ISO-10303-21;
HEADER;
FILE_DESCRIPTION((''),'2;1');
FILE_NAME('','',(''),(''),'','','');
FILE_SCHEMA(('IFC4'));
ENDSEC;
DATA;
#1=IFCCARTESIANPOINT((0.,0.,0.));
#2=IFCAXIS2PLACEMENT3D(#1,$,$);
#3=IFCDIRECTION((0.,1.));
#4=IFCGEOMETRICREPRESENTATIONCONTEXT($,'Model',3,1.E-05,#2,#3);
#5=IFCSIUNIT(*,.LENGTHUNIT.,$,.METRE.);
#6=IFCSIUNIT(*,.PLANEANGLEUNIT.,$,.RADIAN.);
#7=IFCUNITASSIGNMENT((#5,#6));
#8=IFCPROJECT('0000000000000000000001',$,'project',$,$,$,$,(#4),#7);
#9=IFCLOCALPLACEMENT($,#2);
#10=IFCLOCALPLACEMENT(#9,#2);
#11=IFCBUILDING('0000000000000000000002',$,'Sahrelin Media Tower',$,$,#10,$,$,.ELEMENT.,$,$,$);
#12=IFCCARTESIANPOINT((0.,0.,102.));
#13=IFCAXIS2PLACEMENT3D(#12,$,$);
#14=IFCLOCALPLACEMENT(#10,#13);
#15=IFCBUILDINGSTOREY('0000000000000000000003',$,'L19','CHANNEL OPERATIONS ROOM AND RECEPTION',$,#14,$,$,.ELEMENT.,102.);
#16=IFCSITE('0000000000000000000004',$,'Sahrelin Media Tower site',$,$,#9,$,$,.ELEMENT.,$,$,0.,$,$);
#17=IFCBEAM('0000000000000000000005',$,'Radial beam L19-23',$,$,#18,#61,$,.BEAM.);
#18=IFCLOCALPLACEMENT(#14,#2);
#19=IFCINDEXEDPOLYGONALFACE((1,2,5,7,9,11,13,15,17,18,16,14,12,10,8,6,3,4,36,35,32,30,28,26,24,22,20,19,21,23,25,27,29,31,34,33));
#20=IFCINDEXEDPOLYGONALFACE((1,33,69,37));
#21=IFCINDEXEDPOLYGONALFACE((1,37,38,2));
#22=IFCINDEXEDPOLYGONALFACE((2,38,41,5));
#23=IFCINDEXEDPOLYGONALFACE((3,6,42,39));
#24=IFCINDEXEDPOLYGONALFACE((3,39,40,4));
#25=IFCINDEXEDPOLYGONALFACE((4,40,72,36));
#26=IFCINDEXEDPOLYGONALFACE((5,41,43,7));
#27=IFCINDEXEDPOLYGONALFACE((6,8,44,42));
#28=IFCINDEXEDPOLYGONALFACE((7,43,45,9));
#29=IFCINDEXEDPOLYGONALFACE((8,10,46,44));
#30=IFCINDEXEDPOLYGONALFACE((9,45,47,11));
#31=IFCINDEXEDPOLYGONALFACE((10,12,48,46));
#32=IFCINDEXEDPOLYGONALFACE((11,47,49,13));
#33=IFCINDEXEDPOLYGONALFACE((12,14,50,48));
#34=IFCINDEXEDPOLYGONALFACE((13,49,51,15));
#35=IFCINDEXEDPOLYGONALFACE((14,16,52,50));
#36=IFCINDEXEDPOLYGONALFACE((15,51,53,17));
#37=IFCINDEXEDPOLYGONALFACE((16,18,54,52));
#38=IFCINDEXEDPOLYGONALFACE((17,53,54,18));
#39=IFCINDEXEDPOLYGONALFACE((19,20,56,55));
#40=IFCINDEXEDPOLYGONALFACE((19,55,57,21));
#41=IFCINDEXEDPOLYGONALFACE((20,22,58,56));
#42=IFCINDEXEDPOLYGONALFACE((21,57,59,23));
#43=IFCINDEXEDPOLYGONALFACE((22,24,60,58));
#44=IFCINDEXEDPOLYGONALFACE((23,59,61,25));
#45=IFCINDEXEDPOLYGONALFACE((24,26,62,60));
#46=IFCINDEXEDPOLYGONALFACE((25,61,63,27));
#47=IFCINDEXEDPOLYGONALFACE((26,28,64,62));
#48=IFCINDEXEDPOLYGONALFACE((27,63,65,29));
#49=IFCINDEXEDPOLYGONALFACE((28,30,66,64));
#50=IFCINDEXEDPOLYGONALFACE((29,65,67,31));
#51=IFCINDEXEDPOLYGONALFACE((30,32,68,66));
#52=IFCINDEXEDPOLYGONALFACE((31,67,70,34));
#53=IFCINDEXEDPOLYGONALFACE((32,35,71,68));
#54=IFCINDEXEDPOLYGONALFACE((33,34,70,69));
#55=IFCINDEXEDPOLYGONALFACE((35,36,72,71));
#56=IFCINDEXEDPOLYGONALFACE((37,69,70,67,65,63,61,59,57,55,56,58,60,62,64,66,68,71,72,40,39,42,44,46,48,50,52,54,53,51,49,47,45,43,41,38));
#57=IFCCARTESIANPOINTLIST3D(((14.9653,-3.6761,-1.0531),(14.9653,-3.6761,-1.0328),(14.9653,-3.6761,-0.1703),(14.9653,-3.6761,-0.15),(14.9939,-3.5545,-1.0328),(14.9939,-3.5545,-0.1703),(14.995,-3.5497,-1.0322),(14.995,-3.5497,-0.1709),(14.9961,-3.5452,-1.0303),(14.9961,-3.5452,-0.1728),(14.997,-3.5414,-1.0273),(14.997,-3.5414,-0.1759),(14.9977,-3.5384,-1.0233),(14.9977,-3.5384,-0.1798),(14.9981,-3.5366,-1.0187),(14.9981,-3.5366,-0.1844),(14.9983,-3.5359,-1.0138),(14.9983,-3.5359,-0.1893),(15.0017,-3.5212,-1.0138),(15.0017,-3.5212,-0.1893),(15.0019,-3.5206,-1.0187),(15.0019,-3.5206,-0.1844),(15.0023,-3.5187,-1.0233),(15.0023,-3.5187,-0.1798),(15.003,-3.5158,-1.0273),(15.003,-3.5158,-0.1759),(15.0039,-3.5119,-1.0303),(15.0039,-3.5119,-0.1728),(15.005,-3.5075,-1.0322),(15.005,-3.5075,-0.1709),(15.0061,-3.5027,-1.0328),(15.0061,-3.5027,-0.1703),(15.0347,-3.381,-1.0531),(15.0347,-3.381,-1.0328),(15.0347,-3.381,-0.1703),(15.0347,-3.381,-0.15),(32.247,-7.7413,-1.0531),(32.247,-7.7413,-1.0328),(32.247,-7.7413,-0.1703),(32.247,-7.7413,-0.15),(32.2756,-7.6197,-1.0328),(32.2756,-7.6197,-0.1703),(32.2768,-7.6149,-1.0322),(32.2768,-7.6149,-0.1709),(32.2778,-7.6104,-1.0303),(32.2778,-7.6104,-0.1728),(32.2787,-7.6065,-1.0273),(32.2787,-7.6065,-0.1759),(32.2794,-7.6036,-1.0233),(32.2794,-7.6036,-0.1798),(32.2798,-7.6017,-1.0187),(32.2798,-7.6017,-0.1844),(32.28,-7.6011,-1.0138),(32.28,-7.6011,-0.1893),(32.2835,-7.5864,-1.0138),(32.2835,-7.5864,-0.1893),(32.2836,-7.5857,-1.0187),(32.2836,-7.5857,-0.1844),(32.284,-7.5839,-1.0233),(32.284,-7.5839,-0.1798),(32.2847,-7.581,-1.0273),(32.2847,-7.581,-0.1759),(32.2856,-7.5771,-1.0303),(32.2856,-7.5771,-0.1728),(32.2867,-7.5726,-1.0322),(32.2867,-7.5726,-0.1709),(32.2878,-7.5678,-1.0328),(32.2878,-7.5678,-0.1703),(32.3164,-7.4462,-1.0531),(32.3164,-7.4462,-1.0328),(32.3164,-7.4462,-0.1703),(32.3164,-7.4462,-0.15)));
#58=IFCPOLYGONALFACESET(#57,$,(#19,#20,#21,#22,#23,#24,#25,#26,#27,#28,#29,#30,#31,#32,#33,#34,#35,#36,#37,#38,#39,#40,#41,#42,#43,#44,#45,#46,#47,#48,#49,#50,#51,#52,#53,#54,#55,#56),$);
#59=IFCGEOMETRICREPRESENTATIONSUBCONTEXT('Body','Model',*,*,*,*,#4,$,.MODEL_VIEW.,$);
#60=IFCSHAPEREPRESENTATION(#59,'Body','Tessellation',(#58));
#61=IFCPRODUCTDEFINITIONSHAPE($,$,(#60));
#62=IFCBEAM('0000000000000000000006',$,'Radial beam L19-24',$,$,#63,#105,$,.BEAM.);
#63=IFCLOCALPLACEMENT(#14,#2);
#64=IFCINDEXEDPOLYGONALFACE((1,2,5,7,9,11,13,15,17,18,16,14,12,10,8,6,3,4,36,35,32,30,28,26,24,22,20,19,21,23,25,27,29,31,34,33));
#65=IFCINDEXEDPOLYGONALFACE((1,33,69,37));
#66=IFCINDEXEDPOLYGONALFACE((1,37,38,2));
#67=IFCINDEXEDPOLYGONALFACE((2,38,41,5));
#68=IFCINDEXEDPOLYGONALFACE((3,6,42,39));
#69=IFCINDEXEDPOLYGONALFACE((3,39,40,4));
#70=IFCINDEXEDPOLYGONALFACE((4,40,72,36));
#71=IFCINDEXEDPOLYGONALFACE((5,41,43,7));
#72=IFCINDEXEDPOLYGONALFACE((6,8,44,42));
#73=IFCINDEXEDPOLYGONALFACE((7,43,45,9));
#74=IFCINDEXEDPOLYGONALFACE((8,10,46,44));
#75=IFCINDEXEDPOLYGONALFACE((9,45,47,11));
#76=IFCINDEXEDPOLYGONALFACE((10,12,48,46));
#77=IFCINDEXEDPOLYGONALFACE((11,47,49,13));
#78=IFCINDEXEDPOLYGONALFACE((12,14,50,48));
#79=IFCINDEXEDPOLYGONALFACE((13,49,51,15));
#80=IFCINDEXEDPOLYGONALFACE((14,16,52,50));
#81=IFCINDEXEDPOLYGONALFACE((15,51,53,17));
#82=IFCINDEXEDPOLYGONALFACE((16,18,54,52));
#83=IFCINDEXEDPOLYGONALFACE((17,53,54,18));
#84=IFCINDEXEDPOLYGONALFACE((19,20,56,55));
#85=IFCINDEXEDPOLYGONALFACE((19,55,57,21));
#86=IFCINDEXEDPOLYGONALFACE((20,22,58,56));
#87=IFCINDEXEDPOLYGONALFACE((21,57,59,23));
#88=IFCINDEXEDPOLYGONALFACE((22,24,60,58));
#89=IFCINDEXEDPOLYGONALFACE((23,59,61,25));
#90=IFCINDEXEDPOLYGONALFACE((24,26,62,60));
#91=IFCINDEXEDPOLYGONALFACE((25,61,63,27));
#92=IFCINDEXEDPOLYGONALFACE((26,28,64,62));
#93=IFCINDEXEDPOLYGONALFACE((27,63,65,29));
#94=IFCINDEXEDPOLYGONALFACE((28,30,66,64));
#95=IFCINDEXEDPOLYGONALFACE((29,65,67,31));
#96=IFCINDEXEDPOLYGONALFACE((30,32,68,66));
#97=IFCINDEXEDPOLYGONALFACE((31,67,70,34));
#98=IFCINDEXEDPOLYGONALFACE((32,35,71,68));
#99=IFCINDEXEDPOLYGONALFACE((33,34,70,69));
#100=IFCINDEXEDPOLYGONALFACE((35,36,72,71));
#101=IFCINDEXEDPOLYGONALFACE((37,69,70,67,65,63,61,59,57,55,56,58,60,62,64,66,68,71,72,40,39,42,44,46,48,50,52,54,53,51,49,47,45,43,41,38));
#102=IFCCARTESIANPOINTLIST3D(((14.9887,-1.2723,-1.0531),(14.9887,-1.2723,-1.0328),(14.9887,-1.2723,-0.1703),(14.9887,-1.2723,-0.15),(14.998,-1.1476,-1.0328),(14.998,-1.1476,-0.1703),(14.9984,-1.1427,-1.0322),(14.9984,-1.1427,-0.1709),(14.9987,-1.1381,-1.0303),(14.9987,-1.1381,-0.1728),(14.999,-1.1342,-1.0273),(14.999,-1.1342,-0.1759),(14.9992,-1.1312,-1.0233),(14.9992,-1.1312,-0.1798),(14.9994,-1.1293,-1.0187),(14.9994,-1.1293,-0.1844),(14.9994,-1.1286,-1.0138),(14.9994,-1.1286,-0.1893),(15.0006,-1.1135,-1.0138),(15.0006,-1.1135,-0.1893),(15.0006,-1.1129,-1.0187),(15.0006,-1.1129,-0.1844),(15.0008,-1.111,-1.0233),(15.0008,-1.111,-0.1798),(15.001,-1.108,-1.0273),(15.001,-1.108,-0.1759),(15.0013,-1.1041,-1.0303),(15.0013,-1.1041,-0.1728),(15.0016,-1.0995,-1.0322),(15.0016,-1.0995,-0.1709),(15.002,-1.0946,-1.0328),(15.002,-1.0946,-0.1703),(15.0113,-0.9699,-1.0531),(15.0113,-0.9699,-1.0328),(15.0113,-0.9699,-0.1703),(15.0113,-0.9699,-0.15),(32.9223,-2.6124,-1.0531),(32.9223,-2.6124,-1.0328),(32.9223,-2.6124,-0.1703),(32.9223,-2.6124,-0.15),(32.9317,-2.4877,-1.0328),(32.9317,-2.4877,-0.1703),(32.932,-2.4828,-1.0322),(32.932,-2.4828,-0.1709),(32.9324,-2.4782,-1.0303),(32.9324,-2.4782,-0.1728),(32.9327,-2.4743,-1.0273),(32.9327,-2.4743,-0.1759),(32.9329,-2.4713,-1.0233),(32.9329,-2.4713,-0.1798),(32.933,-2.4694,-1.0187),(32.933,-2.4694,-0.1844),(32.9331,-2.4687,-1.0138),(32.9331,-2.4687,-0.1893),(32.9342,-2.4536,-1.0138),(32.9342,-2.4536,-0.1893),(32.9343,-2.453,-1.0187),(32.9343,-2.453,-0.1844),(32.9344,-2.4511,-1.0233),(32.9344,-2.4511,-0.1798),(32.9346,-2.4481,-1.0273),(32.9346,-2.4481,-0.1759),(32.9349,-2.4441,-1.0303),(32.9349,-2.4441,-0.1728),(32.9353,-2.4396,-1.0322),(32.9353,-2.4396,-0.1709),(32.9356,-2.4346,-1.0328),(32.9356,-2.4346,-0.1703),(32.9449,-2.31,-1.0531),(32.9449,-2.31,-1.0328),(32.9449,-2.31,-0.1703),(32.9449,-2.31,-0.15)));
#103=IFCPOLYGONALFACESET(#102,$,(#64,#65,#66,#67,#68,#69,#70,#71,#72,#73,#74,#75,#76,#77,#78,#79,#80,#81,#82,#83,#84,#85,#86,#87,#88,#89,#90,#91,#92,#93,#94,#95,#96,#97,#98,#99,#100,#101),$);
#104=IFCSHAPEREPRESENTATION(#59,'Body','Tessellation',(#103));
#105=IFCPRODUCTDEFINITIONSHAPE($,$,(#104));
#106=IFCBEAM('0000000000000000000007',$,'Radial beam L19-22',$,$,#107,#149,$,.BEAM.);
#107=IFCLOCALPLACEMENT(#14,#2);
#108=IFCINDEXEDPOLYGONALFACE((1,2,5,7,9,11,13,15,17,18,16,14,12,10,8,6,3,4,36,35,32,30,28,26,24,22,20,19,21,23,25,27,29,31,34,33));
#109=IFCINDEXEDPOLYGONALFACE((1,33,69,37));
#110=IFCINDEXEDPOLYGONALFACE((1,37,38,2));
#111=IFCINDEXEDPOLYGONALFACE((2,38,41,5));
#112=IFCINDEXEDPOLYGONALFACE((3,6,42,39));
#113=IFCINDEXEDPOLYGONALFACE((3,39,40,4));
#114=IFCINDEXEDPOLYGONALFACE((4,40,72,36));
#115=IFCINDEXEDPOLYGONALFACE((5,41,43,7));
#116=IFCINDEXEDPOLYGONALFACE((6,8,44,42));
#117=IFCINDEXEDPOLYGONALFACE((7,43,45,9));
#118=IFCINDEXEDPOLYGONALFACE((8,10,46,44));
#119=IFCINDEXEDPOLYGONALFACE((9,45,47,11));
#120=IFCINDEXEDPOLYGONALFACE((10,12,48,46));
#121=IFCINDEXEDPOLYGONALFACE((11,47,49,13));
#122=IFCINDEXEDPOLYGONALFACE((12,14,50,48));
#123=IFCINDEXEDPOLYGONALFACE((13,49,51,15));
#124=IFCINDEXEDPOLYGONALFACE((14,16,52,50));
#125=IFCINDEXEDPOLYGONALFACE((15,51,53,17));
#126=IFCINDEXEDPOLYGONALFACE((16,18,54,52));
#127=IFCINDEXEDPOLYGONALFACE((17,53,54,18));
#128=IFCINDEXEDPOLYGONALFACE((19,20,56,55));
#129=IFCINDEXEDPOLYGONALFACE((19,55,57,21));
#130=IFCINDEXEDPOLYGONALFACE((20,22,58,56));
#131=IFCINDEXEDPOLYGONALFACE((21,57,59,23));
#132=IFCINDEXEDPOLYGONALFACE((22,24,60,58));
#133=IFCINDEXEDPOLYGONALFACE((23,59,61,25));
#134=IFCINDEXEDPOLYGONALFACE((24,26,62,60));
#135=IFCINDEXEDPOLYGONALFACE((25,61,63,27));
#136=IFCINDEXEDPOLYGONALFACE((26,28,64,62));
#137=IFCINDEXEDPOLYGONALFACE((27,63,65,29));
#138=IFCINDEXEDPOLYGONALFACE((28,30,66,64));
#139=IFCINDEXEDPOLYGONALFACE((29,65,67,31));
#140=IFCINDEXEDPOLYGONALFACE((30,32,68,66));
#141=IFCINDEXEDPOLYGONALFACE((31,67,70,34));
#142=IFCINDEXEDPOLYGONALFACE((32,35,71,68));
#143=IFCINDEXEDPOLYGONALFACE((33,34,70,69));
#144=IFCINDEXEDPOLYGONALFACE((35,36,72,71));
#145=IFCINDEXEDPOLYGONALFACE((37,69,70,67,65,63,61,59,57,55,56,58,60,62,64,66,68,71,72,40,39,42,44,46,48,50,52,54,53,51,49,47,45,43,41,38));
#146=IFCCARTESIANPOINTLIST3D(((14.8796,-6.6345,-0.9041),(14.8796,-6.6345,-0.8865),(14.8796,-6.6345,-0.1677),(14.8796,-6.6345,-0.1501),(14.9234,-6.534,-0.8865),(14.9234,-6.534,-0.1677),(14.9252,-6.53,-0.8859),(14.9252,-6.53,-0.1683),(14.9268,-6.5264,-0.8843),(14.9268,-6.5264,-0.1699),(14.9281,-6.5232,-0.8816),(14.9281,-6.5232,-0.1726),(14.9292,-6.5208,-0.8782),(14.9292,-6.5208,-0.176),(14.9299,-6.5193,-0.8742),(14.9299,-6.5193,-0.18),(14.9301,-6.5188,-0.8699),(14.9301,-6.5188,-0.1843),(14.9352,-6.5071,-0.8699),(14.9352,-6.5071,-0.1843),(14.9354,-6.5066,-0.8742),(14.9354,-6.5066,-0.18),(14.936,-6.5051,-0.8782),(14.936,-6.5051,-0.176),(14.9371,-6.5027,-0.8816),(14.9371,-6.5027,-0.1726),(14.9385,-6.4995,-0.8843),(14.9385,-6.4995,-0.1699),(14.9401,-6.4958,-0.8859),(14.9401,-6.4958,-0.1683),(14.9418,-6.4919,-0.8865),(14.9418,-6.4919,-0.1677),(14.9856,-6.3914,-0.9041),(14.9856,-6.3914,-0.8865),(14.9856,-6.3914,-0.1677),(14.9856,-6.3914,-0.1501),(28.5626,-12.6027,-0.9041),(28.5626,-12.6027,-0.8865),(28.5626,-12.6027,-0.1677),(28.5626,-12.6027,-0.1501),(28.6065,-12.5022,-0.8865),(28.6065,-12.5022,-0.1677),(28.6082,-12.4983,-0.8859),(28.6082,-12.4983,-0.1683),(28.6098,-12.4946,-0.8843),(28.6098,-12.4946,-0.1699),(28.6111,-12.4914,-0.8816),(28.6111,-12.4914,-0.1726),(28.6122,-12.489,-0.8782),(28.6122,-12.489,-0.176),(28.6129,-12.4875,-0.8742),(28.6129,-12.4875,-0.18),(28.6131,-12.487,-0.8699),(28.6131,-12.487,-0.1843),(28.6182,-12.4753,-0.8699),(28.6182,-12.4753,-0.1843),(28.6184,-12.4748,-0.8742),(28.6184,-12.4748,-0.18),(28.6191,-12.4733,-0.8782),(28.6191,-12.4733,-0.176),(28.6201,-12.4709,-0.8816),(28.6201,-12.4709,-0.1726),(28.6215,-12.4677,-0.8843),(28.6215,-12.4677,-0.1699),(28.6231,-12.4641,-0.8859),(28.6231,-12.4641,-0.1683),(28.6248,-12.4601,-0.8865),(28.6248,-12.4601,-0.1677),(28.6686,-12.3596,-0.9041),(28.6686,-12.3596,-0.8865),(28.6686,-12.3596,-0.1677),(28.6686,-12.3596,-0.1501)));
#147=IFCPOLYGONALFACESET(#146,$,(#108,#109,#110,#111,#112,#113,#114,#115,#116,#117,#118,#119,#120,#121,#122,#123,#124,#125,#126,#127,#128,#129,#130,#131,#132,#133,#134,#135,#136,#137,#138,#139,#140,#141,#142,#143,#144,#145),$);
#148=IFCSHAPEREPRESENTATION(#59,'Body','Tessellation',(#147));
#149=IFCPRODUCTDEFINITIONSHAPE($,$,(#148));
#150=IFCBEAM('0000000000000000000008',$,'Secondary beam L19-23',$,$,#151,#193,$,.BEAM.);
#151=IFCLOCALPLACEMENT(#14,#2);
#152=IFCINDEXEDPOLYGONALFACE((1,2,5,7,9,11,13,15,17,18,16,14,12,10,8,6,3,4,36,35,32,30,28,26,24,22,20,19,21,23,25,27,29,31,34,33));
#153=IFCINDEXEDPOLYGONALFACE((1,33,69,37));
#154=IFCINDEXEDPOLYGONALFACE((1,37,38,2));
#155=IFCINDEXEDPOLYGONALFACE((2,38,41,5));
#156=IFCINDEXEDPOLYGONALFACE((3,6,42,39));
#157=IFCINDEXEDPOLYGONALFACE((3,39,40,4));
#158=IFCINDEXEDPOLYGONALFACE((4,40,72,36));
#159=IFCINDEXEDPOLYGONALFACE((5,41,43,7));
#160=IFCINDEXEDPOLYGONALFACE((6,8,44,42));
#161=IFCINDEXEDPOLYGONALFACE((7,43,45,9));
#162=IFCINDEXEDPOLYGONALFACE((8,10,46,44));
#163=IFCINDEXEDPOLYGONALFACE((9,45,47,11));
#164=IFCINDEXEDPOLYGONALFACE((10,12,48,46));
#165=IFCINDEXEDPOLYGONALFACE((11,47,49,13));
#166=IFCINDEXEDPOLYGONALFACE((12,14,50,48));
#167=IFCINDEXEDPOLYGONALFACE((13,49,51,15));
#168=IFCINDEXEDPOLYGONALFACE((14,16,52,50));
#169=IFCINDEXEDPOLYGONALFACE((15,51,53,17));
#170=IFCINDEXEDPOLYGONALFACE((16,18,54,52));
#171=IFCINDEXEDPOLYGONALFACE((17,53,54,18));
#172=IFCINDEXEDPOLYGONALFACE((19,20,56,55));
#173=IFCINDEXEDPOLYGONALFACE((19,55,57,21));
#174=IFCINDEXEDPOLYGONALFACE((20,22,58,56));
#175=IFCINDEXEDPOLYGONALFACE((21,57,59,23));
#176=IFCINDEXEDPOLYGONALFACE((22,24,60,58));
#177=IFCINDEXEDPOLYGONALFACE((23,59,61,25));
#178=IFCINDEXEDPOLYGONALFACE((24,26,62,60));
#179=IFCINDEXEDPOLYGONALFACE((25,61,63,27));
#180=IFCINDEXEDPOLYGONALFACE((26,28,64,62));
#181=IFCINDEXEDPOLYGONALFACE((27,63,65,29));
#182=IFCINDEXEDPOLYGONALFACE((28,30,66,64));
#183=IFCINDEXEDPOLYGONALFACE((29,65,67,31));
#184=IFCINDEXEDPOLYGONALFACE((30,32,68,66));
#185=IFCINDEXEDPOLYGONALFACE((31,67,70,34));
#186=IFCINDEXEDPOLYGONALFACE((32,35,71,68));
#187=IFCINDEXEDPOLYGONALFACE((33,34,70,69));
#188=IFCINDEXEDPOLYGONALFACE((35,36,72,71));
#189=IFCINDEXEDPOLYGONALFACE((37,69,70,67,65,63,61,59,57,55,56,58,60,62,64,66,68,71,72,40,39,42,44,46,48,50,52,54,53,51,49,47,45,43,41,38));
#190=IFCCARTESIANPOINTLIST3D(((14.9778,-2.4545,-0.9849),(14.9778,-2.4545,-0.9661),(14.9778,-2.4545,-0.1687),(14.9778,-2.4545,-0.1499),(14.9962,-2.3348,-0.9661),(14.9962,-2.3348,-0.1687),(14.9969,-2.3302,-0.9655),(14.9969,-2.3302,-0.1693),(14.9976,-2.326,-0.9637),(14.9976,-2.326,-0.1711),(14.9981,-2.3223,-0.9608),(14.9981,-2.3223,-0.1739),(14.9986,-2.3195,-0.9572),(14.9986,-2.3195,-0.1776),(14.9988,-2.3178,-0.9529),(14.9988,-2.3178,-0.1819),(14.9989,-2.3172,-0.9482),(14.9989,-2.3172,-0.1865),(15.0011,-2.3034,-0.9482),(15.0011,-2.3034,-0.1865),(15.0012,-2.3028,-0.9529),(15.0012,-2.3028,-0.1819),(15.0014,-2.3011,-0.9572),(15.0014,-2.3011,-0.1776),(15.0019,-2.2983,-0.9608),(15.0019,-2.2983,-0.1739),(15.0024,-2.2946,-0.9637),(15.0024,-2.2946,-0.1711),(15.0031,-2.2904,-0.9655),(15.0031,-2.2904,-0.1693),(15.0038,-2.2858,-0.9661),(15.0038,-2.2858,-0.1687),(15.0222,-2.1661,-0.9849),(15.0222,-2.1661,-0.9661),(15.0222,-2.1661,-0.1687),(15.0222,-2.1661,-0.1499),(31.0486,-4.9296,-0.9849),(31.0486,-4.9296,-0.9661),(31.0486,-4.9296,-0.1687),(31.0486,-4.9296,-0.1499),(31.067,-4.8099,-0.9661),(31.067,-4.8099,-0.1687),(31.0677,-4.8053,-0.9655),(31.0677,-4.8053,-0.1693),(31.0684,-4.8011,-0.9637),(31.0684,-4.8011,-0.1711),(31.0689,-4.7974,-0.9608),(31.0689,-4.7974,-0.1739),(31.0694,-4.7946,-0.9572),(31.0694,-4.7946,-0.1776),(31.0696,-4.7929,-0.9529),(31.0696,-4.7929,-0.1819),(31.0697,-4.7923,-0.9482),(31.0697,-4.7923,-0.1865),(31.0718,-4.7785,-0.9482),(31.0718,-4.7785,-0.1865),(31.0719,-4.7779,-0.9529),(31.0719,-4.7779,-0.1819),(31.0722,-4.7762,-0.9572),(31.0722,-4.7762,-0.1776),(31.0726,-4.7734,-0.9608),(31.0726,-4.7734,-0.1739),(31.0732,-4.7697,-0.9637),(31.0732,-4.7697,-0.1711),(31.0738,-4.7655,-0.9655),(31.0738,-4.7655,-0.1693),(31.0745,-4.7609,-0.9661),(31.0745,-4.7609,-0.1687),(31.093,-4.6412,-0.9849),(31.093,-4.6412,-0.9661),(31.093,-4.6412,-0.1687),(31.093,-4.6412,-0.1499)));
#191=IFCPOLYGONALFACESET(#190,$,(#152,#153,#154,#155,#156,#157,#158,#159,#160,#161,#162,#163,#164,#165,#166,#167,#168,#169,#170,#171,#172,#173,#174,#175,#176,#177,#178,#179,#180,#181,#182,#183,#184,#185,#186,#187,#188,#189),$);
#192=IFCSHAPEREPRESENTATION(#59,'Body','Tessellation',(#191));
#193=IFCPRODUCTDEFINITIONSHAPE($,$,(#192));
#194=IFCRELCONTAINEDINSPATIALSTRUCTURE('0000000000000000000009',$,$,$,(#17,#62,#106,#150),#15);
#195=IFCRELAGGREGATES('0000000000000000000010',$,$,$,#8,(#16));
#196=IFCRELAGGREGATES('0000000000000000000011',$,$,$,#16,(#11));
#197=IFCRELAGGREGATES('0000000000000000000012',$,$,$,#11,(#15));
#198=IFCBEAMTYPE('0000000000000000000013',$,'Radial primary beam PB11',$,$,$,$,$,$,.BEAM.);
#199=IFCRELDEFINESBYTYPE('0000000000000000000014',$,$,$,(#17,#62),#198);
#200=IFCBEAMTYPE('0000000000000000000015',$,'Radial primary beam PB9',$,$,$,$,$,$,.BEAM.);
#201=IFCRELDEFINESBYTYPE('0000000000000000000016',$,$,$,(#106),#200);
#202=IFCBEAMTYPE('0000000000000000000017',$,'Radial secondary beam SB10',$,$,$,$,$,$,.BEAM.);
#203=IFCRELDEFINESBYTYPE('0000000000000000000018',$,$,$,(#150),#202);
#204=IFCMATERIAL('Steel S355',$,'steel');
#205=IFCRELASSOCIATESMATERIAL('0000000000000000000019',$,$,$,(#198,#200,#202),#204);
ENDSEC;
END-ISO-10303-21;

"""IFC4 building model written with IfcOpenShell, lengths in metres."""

from ifc_helpers import new_model, si_unit, direction, frame, origin, origin_2d, place, context, subcontext, project, spatial, i_section, extrude, material, material_profile, profile_set, type_object, element, save


model = new_model("IFC4")

# Units and contexts
model_context = context("Model", 3, precision=1e-05, world=origin(), true_north=direction((0.0, 1.0)))
body_context = subcontext(model_context, "Body", "Model", "MODEL_VIEW")
ifc_project = project(units=[si_unit("LENGTHUNIT", "METRE"), si_unit("PLANEANGLEUNIT", "RADIAN")], contexts=[model_context])

# Site, building, storey
site_placement = place(None, origin())
site = spatial("IfcSite", under=ifc_project, at=site_placement, Name="Sahrelin Media Tower site", CompositionType="ELEMENT", RefElevation=0.0)
building_placement = place(site_placement, origin())
building = spatial("IfcBuilding", under=site, at=building_placement, Name="Sahrelin Media Tower", CompositionType="ELEMENT")
storey_placement = place(building_placement, frame((0.0, 0.0, 102.0)))
storey = spatial("IfcBuildingStorey", under=building, at=storey_placement, Name="L19", Description="CHANNEL OPERATIONS ROOM AND RECEPTION", CompositionType="ELEMENT", Elevation=102.0)

# Beams
ifc_material_1 = material(Name="Steel S355", Category="steel")
ifc_material_profile_1 = material_profile(ifc_material_1, i_section(OverallWidth=0.3032, OverallDepth=0.9031, WebThickness=0.0151, FlangeThickness=0.0203, FilletRadius=0.019, at=origin_2d()), Name="UB 914x305x201")
ifc_profile_set_1 = profile_set([ifc_material_profile_1], Name="Steel S355")
beam_type_1 = type_object("IfcBeamType", Name="Radial primary beam PB11", PredefinedType="BEAM", material=ifc_profile_set_1)
beam_1_placement = place(storey_placement, frame((15.0, -3.5286, -0.6016), z_axis=(0.973431, -0.22898, 0.0), x_axis=(0.22898, 0.973431, 0.0)))
element("IfcBeam", 1, at=beam_1_placement, inside=storey, type_object=beam_type_1, Name="Radial beam L19-23", PredefinedType="BEAM", context=body_context, shape_type="SweptSolid", body=[
    extrude(i_section(OverallWidth=0.3032, OverallDepth=0.9031, WebThickness=0.0151, FlangeThickness=0.0203, FilletRadius=0.019, at=origin_2d()), origin(), (0.0, 0.0, 1.0), 17.7534),
])
beam_2_placement = place(storey_placement, frame((15.0, -1.1211, -0.6016), z_axis=(0.99722, -0.074517, 0.0), x_axis=(0.074517, 0.99722, 0.0)))
element("IfcBeam", 2, at=beam_2_placement, inside=storey, type_object=beam_type_1, Name="Radial beam L19-24", PredefinedType="BEAM", context=body_context, shape_type="SweptSolid", body=[
    extrude(i_section(OverallWidth=0.3032, OverallDepth=0.9031, WebThickness=0.0151, FlangeThickness=0.0203, FilletRadius=0.019, at=origin_2d()), origin(), (0.0, 0.0, 1.0), 17.9836),
])
ifc_material_profile_2 = material_profile(ifc_material_1, i_section(OverallWidth=0.2651, OverallDepth=0.7539, WebThickness=0.0127, FlangeThickness=0.0176, FilletRadius=0.0166, at=origin_2d()), Name="UB 762x267x147")
ifc_profile_set_2 = profile_set([ifc_material_profile_2], Name="Steel S355")
beam_type_2 = type_object("IfcBeamType", Name="Radial primary beam PB9", PredefinedType="BEAM", material=ifc_profile_set_2)
beam_3_placement = place(storey_placement, frame((14.9326, -6.5129, -0.5271), z_axis=(0.916602, -0.399801, 0.0), x_axis=(0.399801, 0.916602, 0.0)))
element("IfcBeam", 3, at=beam_3_placement, inside=storey, type_object=beam_type_2, Name="Radial beam L19-22", PredefinedType="BEAM", context=body_context, shape_type="SweptSolid", body=[
    extrude(i_section(OverallWidth=0.2651, OverallDepth=0.7539, WebThickness=0.0127, FlangeThickness=0.0176, FilletRadius=0.0166, at=origin_2d()), origin(), (0.0, 0.0, 1.0), 14.928),
])
ifc_material_profile_3 = material_profile(ifc_material_1, i_section(OverallWidth=0.2917, OverallDepth=0.835, WebThickness=0.0139, FlangeThickness=0.0188, FilletRadius=0.0178, at=origin_2d()), Name="UB 838x292x176")
ifc_profile_set_3 = profile_set([ifc_material_profile_3], Name="Steel S355")
beam_type_3 = type_object("IfcBeamType", Name="Radial secondary beam SB10", PredefinedType="BEAM", material=ifc_profile_set_3)
beam_4_placement = place(storey_placement, frame((15.0, -2.3103, -0.5674), z_axis=(0.988347, -0.152217, 0.0), x_axis=(0.152217, 0.988347, 0.0)))
element("IfcBeam", 4, at=beam_4_placement, inside=storey, type_object=beam_type_3, Name="Secondary beam L19-23", PredefinedType="BEAM", context=body_context, shape_type="SweptSolid", body=[
    extrude(i_section(OverallWidth=0.2917, OverallDepth=0.835, WebThickness=0.0139, FlangeThickness=0.0188, FilletRadius=0.0178, at=origin_2d()), origin(), (0.0, 0.0, 1.0), 16.2603),
])

save(model, "model.ifc")
